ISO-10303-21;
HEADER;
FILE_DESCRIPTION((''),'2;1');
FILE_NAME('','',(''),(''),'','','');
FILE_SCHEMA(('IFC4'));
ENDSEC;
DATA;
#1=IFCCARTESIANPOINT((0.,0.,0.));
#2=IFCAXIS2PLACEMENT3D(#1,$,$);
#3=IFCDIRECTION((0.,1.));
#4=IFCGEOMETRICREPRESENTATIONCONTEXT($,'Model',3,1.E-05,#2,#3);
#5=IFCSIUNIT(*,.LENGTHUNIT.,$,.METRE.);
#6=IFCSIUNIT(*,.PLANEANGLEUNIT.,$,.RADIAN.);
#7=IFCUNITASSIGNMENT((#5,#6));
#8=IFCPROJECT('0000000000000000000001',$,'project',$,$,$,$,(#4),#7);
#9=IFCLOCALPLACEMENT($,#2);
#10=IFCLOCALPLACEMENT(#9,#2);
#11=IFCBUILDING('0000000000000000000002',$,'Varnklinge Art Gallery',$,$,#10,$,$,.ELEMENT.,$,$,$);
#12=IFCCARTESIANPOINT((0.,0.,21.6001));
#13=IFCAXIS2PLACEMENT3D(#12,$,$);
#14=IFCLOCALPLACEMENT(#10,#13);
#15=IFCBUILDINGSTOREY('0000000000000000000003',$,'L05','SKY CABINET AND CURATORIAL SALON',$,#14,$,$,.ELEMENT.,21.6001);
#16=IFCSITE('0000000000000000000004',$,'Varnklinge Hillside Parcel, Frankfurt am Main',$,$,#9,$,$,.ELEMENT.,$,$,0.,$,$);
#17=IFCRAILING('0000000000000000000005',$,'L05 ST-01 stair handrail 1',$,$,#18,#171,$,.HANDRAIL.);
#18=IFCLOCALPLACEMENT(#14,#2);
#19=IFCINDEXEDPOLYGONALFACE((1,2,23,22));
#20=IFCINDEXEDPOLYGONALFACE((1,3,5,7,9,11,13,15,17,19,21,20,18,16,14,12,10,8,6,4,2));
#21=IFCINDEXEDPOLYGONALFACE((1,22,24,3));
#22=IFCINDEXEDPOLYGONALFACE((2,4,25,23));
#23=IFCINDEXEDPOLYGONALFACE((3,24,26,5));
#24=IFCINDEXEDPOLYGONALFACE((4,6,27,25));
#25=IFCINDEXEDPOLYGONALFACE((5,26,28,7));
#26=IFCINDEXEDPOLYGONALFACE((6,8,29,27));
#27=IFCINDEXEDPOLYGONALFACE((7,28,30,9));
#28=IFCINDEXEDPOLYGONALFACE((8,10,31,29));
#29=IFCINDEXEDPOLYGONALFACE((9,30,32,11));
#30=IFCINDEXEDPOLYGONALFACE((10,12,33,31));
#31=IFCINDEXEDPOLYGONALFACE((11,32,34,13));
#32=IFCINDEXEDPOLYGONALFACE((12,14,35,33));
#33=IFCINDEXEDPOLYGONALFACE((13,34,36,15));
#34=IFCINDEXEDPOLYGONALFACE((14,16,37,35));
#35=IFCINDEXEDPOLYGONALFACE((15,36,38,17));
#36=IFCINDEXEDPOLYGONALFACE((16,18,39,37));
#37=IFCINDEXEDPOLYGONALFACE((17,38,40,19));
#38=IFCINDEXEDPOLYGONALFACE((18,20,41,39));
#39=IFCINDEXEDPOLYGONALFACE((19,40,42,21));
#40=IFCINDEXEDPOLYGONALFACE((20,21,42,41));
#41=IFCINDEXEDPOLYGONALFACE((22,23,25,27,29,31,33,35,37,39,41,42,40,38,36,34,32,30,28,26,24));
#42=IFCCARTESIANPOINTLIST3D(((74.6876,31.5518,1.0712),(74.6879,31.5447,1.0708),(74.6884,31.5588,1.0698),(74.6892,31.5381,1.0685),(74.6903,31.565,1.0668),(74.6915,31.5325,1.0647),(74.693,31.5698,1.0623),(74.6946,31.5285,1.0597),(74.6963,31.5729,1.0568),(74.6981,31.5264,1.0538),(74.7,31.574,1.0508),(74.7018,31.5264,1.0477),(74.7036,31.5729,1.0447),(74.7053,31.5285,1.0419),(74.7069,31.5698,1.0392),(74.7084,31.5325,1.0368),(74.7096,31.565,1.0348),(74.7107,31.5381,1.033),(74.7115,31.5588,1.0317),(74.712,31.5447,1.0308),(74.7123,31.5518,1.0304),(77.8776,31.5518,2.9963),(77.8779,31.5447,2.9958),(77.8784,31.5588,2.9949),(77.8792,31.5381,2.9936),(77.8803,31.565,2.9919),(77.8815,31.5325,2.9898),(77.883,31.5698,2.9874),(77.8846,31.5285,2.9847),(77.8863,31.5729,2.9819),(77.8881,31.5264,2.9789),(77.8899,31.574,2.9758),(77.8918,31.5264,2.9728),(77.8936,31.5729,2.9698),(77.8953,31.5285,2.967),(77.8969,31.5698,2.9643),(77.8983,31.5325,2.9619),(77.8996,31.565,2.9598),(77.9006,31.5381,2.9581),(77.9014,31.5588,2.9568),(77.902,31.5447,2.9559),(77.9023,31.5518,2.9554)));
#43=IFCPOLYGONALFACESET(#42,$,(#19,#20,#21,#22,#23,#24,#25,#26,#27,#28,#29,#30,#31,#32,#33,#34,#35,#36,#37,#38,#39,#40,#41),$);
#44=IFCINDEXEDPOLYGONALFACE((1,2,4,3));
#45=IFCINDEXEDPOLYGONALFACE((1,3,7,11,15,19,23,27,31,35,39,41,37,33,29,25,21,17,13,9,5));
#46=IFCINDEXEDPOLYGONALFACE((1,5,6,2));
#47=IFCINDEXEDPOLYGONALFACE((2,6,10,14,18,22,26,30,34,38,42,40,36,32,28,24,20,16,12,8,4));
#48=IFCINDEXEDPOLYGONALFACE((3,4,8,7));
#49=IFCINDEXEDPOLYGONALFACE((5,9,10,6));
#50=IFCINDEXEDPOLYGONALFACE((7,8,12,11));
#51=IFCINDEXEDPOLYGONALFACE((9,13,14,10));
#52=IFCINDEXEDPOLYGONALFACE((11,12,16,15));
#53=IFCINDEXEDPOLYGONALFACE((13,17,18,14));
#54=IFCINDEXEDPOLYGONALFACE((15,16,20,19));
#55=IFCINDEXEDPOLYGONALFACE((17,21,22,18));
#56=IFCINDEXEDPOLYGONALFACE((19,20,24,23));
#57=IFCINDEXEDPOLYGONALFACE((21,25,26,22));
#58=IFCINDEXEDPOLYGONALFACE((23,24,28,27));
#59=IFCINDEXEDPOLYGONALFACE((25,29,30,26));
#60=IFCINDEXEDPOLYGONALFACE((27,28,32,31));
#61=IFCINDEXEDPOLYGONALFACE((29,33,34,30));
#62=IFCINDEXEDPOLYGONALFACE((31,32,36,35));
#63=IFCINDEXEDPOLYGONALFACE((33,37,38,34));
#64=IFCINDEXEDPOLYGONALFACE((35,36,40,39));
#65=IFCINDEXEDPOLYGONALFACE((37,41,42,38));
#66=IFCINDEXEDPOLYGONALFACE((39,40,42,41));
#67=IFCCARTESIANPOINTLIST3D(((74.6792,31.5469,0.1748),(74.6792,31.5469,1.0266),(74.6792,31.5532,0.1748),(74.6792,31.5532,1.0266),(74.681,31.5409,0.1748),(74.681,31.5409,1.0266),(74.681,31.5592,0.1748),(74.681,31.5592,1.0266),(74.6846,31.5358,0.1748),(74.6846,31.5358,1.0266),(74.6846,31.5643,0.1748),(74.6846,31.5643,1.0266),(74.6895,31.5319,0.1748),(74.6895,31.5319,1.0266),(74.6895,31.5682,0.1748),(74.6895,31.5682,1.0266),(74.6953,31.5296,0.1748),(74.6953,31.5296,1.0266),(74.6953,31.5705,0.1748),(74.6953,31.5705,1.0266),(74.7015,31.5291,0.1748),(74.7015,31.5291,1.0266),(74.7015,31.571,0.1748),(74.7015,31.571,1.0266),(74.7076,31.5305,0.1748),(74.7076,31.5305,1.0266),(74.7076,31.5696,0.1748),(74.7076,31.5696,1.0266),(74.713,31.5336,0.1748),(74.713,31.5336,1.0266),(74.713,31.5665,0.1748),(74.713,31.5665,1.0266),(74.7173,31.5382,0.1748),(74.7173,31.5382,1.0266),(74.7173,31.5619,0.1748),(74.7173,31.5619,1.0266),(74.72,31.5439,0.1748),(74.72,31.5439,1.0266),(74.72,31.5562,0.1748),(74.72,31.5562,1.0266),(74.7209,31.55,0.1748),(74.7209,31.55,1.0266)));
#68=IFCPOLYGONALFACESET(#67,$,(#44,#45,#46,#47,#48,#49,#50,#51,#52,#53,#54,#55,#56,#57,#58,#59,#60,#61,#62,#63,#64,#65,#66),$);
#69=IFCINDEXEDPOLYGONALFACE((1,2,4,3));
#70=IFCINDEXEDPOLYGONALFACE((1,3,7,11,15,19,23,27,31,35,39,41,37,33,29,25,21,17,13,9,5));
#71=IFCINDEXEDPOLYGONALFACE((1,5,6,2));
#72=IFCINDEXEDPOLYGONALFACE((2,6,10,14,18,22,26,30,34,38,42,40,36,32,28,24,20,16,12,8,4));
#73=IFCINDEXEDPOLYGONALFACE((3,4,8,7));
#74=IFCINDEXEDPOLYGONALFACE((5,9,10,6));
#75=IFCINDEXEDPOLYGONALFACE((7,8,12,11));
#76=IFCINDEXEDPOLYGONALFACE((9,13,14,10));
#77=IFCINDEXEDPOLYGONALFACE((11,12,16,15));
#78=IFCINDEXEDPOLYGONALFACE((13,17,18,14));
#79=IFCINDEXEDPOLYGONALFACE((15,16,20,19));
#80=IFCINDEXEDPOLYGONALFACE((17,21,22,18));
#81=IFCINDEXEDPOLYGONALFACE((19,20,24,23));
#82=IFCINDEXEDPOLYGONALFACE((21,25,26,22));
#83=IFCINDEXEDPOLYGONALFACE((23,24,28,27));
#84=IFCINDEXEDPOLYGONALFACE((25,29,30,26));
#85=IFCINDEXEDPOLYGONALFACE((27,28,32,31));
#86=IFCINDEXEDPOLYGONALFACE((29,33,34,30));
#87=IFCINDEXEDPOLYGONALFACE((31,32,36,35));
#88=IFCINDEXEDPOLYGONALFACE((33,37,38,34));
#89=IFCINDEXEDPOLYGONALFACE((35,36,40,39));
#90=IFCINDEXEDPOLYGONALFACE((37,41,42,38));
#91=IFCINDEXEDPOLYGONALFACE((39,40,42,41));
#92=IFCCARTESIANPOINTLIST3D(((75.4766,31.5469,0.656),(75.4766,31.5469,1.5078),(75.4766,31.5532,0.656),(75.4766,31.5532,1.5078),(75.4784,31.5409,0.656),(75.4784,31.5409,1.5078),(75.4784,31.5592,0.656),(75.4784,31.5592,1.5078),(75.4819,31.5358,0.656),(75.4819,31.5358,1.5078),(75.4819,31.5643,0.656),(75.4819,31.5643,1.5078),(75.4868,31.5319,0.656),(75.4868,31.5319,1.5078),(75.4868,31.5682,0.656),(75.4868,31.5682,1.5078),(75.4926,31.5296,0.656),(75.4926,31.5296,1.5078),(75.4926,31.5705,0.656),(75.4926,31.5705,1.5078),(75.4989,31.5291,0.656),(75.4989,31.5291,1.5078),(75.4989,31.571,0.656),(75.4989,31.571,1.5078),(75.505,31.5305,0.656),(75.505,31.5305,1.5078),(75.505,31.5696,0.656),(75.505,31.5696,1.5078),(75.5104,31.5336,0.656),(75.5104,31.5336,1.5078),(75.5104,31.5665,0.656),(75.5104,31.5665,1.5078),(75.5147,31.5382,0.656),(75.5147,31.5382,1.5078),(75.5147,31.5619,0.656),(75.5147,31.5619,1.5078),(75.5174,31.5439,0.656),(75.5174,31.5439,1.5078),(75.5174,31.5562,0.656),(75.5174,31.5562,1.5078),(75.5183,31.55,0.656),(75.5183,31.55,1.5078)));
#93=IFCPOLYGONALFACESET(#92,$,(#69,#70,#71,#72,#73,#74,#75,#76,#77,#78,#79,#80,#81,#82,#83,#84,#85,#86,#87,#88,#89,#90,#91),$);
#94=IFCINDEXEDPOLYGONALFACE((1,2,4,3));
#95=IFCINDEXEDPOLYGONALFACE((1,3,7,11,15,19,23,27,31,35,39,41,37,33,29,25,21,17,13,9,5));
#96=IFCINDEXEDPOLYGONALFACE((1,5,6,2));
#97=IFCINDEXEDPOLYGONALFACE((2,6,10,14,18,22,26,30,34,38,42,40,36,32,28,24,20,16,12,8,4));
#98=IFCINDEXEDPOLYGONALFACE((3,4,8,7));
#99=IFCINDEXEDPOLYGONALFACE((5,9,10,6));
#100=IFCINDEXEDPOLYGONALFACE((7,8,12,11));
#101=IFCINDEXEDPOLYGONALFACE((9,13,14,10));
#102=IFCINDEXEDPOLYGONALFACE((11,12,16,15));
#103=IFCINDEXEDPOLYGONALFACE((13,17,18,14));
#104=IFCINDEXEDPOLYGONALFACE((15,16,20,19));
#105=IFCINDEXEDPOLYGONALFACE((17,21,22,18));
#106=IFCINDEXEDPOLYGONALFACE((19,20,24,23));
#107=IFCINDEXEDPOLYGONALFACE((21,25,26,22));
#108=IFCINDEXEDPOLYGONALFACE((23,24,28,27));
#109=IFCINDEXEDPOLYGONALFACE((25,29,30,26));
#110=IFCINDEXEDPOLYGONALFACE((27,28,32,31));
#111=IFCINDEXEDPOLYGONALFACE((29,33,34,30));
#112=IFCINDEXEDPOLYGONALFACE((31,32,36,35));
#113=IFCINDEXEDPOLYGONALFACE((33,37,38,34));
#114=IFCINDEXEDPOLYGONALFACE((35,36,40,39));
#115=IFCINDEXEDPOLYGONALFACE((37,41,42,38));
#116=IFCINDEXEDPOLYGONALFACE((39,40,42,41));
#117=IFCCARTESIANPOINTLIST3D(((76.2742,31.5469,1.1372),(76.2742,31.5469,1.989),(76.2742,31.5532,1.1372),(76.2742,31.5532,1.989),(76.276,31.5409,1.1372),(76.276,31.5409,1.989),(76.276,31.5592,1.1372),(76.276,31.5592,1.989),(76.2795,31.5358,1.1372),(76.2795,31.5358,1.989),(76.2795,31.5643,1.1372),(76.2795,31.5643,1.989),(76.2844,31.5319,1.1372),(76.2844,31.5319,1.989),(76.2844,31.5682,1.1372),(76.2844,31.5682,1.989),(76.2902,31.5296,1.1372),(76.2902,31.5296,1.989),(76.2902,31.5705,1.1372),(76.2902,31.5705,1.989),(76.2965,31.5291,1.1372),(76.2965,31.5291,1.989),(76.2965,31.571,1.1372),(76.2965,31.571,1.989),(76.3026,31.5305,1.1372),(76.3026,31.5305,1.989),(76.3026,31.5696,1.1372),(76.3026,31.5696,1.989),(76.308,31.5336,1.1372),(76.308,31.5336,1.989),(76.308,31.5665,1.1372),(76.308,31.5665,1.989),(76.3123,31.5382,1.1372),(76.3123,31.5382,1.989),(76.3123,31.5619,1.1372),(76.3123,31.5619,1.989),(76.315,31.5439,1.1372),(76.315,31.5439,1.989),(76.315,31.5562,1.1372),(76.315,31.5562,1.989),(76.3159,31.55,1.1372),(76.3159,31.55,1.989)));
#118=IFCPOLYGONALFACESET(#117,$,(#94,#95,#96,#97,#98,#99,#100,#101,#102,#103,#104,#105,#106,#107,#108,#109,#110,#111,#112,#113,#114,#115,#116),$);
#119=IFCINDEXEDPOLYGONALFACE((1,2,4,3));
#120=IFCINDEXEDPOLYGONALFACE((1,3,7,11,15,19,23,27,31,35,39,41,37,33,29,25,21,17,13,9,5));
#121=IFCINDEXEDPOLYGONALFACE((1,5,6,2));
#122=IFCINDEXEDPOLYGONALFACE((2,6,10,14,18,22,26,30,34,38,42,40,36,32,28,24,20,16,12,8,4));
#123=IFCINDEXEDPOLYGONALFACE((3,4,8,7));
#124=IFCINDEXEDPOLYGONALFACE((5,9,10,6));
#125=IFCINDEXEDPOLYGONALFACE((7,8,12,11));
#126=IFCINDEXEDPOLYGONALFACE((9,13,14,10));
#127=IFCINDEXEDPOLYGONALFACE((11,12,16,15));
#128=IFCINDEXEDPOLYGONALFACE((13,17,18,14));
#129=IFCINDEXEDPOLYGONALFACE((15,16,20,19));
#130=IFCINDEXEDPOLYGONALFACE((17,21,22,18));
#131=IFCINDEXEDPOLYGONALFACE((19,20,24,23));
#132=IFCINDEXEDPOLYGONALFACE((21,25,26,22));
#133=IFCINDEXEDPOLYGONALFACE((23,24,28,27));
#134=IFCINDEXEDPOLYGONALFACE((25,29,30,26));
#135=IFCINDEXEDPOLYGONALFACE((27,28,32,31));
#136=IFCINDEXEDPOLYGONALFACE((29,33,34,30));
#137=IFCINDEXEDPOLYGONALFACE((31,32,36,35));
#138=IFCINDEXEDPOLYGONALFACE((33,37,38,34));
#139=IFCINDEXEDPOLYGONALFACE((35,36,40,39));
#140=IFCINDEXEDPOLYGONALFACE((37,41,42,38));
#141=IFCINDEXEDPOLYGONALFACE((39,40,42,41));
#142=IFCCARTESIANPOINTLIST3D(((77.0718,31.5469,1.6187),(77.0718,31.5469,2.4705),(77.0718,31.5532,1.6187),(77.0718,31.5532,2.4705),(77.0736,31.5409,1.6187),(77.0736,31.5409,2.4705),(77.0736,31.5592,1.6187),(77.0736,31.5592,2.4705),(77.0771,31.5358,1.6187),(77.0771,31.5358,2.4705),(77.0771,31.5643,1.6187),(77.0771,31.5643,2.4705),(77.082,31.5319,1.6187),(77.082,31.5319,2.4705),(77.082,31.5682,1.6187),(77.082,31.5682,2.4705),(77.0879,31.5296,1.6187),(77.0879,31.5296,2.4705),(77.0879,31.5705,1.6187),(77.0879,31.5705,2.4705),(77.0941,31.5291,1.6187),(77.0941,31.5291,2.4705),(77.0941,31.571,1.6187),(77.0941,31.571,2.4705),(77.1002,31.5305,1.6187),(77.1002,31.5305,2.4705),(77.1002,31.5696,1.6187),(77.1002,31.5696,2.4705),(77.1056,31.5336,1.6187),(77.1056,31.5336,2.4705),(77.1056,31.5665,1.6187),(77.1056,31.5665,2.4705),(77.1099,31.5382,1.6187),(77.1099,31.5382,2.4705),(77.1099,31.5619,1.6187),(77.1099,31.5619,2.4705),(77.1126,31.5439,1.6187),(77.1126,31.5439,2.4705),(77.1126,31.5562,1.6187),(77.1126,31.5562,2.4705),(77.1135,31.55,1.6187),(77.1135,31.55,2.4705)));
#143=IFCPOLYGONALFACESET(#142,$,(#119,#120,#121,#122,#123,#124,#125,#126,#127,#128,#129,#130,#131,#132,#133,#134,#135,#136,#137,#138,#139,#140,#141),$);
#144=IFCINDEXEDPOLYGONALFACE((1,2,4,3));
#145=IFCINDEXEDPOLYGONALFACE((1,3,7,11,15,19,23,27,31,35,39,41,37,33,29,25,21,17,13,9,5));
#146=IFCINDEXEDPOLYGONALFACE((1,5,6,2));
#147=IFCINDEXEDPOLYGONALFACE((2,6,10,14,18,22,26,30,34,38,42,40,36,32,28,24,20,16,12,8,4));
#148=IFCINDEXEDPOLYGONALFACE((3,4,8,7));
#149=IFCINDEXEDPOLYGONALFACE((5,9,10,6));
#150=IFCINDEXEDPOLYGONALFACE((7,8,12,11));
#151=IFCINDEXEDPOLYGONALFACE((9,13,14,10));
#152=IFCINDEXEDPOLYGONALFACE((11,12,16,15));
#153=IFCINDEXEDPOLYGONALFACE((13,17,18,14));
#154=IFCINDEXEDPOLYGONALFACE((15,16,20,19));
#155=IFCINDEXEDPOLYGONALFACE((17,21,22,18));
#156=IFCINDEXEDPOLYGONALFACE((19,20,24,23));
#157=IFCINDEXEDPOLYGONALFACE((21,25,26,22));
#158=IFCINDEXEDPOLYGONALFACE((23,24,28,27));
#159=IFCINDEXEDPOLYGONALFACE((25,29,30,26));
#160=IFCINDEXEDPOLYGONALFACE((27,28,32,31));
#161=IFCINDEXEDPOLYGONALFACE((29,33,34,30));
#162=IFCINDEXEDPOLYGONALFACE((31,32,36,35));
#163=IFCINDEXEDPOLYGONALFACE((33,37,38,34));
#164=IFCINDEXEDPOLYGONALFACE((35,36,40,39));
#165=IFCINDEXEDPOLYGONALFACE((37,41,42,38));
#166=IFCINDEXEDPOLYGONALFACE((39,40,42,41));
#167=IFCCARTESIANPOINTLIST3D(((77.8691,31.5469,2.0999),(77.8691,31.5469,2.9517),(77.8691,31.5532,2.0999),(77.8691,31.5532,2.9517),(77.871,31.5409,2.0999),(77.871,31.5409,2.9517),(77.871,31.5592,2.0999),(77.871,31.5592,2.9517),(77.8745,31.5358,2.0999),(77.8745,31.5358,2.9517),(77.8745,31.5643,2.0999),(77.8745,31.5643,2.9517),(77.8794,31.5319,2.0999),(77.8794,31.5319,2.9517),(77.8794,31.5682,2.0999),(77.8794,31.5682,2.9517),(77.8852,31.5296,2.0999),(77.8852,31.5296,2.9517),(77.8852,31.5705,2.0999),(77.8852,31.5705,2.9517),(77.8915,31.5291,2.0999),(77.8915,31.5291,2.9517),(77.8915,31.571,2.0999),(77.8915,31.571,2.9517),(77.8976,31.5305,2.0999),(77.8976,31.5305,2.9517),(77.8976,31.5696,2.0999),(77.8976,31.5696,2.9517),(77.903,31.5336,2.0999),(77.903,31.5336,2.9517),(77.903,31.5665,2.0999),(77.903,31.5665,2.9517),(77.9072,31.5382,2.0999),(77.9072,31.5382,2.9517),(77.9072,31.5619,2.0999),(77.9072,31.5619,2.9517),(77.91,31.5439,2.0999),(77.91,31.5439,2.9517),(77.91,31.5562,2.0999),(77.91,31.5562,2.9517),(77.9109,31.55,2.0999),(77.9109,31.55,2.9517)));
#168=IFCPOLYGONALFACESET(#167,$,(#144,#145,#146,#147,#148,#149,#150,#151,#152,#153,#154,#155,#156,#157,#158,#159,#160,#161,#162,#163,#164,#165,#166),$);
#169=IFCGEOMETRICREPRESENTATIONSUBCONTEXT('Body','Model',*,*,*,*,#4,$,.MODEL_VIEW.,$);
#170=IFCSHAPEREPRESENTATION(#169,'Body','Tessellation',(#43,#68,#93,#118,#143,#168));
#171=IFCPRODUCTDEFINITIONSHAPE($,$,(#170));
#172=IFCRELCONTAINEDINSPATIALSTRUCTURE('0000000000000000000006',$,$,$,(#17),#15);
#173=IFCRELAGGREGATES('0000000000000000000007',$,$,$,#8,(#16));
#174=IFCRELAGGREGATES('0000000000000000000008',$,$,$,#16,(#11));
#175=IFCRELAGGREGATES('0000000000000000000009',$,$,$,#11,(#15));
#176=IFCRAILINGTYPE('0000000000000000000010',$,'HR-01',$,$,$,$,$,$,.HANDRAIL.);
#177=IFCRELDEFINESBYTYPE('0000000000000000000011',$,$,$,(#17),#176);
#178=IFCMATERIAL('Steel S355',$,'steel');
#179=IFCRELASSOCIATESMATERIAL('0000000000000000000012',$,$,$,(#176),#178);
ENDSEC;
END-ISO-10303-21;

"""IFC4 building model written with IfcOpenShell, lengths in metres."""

from ifc_helpers import new_model, si_unit, direction, frame, origin, origin_2d, place, context, subcontext, project, spatial, circle, extrude, material, type_object, element, save


model = new_model("IFC4")

# Units and contexts
model_context = context("Model", 3, precision=1e-05, world=origin(), true_north=direction((0.0, 1.0)))
body_context = subcontext(model_context, "Body", "Model", "MODEL_VIEW")
ifc_project = project(units=[si_unit("LENGTHUNIT", "METRE"), si_unit("PLANEANGLEUNIT", "RADIAN")], contexts=[model_context])

# Site, building, storey
site_placement = place(None, origin())
site = spatial("IfcSite", under=ifc_project, at=site_placement, Name="Varnklinge Hillside Parcel, Frankfurt am Main", CompositionType="ELEMENT", RefElevation=0.0)
building_placement = place(site_placement, origin())
building = spatial("IfcBuilding", under=site, at=building_placement, Name="Varnklinge Art Gallery", CompositionType="ELEMENT")
storey_placement = place(building_placement, frame((0.0, 0.0, 21.6001)))
storey = spatial("IfcBuildingStorey", under=building, at=storey_placement, Name="L05", Description="SKY CABINET AND CURATORIAL SALON", CompositionType="ELEMENT", Elevation=21.6001)

# Railing
ifc_material_1 = material(Name="Steel S355", Category="steel")
railing_type_1 = type_object("IfcRailingType", Name="HR-01", PredefinedType="HANDRAIL", material=ifc_material_1)
railing_1_placement = place(storey_placement, frame((74.7, 31.55, 0.1748)))
element("IfcRailing", 1, at=railing_1_placement, inside=storey, type_object=railing_type_1, Name="L05 ST-01 stair handrail 1", PredefinedType="HANDRAIL", context=body_context, shape_type="SweptSolid", body=[
    extrude(circle(Radius=0.0239, at=origin_2d()), frame((0.0, 0.0, 0.876), z_axis=(0.856178, 0.0, 0.516682), x_axis=(0.0, 1.0, 0.0)), (0.0, 0.0, 1.0), 3.7258),
    extrude(circle(Radius=0.021, at=origin_2d()), origin(), (0.0, 0.0, 1.0), 0.8518),
    extrude(circle(Radius=0.021, at=origin_2d()), frame((0.7974, 0.0, 0.4812)), (0.0, 0.0, 1.0), 0.8518),
    extrude(circle(Radius=0.021, at=origin_2d()), frame((1.595, 0.0, 0.9624)), (0.0, 0.0, 1.0), 0.8518),
    extrude(circle(Radius=0.021, at=origin_2d()), frame((2.3926, 0.0, 1.4438)), (0.0, 0.0, 1.0), 0.8518),
    extrude(circle(Radius=0.021, at=origin_2d()), frame((3.1899, 0.0, 1.925)), (0.0, 0.0, 1.0), 0.8518),
])

save(model, "model.ifc")
